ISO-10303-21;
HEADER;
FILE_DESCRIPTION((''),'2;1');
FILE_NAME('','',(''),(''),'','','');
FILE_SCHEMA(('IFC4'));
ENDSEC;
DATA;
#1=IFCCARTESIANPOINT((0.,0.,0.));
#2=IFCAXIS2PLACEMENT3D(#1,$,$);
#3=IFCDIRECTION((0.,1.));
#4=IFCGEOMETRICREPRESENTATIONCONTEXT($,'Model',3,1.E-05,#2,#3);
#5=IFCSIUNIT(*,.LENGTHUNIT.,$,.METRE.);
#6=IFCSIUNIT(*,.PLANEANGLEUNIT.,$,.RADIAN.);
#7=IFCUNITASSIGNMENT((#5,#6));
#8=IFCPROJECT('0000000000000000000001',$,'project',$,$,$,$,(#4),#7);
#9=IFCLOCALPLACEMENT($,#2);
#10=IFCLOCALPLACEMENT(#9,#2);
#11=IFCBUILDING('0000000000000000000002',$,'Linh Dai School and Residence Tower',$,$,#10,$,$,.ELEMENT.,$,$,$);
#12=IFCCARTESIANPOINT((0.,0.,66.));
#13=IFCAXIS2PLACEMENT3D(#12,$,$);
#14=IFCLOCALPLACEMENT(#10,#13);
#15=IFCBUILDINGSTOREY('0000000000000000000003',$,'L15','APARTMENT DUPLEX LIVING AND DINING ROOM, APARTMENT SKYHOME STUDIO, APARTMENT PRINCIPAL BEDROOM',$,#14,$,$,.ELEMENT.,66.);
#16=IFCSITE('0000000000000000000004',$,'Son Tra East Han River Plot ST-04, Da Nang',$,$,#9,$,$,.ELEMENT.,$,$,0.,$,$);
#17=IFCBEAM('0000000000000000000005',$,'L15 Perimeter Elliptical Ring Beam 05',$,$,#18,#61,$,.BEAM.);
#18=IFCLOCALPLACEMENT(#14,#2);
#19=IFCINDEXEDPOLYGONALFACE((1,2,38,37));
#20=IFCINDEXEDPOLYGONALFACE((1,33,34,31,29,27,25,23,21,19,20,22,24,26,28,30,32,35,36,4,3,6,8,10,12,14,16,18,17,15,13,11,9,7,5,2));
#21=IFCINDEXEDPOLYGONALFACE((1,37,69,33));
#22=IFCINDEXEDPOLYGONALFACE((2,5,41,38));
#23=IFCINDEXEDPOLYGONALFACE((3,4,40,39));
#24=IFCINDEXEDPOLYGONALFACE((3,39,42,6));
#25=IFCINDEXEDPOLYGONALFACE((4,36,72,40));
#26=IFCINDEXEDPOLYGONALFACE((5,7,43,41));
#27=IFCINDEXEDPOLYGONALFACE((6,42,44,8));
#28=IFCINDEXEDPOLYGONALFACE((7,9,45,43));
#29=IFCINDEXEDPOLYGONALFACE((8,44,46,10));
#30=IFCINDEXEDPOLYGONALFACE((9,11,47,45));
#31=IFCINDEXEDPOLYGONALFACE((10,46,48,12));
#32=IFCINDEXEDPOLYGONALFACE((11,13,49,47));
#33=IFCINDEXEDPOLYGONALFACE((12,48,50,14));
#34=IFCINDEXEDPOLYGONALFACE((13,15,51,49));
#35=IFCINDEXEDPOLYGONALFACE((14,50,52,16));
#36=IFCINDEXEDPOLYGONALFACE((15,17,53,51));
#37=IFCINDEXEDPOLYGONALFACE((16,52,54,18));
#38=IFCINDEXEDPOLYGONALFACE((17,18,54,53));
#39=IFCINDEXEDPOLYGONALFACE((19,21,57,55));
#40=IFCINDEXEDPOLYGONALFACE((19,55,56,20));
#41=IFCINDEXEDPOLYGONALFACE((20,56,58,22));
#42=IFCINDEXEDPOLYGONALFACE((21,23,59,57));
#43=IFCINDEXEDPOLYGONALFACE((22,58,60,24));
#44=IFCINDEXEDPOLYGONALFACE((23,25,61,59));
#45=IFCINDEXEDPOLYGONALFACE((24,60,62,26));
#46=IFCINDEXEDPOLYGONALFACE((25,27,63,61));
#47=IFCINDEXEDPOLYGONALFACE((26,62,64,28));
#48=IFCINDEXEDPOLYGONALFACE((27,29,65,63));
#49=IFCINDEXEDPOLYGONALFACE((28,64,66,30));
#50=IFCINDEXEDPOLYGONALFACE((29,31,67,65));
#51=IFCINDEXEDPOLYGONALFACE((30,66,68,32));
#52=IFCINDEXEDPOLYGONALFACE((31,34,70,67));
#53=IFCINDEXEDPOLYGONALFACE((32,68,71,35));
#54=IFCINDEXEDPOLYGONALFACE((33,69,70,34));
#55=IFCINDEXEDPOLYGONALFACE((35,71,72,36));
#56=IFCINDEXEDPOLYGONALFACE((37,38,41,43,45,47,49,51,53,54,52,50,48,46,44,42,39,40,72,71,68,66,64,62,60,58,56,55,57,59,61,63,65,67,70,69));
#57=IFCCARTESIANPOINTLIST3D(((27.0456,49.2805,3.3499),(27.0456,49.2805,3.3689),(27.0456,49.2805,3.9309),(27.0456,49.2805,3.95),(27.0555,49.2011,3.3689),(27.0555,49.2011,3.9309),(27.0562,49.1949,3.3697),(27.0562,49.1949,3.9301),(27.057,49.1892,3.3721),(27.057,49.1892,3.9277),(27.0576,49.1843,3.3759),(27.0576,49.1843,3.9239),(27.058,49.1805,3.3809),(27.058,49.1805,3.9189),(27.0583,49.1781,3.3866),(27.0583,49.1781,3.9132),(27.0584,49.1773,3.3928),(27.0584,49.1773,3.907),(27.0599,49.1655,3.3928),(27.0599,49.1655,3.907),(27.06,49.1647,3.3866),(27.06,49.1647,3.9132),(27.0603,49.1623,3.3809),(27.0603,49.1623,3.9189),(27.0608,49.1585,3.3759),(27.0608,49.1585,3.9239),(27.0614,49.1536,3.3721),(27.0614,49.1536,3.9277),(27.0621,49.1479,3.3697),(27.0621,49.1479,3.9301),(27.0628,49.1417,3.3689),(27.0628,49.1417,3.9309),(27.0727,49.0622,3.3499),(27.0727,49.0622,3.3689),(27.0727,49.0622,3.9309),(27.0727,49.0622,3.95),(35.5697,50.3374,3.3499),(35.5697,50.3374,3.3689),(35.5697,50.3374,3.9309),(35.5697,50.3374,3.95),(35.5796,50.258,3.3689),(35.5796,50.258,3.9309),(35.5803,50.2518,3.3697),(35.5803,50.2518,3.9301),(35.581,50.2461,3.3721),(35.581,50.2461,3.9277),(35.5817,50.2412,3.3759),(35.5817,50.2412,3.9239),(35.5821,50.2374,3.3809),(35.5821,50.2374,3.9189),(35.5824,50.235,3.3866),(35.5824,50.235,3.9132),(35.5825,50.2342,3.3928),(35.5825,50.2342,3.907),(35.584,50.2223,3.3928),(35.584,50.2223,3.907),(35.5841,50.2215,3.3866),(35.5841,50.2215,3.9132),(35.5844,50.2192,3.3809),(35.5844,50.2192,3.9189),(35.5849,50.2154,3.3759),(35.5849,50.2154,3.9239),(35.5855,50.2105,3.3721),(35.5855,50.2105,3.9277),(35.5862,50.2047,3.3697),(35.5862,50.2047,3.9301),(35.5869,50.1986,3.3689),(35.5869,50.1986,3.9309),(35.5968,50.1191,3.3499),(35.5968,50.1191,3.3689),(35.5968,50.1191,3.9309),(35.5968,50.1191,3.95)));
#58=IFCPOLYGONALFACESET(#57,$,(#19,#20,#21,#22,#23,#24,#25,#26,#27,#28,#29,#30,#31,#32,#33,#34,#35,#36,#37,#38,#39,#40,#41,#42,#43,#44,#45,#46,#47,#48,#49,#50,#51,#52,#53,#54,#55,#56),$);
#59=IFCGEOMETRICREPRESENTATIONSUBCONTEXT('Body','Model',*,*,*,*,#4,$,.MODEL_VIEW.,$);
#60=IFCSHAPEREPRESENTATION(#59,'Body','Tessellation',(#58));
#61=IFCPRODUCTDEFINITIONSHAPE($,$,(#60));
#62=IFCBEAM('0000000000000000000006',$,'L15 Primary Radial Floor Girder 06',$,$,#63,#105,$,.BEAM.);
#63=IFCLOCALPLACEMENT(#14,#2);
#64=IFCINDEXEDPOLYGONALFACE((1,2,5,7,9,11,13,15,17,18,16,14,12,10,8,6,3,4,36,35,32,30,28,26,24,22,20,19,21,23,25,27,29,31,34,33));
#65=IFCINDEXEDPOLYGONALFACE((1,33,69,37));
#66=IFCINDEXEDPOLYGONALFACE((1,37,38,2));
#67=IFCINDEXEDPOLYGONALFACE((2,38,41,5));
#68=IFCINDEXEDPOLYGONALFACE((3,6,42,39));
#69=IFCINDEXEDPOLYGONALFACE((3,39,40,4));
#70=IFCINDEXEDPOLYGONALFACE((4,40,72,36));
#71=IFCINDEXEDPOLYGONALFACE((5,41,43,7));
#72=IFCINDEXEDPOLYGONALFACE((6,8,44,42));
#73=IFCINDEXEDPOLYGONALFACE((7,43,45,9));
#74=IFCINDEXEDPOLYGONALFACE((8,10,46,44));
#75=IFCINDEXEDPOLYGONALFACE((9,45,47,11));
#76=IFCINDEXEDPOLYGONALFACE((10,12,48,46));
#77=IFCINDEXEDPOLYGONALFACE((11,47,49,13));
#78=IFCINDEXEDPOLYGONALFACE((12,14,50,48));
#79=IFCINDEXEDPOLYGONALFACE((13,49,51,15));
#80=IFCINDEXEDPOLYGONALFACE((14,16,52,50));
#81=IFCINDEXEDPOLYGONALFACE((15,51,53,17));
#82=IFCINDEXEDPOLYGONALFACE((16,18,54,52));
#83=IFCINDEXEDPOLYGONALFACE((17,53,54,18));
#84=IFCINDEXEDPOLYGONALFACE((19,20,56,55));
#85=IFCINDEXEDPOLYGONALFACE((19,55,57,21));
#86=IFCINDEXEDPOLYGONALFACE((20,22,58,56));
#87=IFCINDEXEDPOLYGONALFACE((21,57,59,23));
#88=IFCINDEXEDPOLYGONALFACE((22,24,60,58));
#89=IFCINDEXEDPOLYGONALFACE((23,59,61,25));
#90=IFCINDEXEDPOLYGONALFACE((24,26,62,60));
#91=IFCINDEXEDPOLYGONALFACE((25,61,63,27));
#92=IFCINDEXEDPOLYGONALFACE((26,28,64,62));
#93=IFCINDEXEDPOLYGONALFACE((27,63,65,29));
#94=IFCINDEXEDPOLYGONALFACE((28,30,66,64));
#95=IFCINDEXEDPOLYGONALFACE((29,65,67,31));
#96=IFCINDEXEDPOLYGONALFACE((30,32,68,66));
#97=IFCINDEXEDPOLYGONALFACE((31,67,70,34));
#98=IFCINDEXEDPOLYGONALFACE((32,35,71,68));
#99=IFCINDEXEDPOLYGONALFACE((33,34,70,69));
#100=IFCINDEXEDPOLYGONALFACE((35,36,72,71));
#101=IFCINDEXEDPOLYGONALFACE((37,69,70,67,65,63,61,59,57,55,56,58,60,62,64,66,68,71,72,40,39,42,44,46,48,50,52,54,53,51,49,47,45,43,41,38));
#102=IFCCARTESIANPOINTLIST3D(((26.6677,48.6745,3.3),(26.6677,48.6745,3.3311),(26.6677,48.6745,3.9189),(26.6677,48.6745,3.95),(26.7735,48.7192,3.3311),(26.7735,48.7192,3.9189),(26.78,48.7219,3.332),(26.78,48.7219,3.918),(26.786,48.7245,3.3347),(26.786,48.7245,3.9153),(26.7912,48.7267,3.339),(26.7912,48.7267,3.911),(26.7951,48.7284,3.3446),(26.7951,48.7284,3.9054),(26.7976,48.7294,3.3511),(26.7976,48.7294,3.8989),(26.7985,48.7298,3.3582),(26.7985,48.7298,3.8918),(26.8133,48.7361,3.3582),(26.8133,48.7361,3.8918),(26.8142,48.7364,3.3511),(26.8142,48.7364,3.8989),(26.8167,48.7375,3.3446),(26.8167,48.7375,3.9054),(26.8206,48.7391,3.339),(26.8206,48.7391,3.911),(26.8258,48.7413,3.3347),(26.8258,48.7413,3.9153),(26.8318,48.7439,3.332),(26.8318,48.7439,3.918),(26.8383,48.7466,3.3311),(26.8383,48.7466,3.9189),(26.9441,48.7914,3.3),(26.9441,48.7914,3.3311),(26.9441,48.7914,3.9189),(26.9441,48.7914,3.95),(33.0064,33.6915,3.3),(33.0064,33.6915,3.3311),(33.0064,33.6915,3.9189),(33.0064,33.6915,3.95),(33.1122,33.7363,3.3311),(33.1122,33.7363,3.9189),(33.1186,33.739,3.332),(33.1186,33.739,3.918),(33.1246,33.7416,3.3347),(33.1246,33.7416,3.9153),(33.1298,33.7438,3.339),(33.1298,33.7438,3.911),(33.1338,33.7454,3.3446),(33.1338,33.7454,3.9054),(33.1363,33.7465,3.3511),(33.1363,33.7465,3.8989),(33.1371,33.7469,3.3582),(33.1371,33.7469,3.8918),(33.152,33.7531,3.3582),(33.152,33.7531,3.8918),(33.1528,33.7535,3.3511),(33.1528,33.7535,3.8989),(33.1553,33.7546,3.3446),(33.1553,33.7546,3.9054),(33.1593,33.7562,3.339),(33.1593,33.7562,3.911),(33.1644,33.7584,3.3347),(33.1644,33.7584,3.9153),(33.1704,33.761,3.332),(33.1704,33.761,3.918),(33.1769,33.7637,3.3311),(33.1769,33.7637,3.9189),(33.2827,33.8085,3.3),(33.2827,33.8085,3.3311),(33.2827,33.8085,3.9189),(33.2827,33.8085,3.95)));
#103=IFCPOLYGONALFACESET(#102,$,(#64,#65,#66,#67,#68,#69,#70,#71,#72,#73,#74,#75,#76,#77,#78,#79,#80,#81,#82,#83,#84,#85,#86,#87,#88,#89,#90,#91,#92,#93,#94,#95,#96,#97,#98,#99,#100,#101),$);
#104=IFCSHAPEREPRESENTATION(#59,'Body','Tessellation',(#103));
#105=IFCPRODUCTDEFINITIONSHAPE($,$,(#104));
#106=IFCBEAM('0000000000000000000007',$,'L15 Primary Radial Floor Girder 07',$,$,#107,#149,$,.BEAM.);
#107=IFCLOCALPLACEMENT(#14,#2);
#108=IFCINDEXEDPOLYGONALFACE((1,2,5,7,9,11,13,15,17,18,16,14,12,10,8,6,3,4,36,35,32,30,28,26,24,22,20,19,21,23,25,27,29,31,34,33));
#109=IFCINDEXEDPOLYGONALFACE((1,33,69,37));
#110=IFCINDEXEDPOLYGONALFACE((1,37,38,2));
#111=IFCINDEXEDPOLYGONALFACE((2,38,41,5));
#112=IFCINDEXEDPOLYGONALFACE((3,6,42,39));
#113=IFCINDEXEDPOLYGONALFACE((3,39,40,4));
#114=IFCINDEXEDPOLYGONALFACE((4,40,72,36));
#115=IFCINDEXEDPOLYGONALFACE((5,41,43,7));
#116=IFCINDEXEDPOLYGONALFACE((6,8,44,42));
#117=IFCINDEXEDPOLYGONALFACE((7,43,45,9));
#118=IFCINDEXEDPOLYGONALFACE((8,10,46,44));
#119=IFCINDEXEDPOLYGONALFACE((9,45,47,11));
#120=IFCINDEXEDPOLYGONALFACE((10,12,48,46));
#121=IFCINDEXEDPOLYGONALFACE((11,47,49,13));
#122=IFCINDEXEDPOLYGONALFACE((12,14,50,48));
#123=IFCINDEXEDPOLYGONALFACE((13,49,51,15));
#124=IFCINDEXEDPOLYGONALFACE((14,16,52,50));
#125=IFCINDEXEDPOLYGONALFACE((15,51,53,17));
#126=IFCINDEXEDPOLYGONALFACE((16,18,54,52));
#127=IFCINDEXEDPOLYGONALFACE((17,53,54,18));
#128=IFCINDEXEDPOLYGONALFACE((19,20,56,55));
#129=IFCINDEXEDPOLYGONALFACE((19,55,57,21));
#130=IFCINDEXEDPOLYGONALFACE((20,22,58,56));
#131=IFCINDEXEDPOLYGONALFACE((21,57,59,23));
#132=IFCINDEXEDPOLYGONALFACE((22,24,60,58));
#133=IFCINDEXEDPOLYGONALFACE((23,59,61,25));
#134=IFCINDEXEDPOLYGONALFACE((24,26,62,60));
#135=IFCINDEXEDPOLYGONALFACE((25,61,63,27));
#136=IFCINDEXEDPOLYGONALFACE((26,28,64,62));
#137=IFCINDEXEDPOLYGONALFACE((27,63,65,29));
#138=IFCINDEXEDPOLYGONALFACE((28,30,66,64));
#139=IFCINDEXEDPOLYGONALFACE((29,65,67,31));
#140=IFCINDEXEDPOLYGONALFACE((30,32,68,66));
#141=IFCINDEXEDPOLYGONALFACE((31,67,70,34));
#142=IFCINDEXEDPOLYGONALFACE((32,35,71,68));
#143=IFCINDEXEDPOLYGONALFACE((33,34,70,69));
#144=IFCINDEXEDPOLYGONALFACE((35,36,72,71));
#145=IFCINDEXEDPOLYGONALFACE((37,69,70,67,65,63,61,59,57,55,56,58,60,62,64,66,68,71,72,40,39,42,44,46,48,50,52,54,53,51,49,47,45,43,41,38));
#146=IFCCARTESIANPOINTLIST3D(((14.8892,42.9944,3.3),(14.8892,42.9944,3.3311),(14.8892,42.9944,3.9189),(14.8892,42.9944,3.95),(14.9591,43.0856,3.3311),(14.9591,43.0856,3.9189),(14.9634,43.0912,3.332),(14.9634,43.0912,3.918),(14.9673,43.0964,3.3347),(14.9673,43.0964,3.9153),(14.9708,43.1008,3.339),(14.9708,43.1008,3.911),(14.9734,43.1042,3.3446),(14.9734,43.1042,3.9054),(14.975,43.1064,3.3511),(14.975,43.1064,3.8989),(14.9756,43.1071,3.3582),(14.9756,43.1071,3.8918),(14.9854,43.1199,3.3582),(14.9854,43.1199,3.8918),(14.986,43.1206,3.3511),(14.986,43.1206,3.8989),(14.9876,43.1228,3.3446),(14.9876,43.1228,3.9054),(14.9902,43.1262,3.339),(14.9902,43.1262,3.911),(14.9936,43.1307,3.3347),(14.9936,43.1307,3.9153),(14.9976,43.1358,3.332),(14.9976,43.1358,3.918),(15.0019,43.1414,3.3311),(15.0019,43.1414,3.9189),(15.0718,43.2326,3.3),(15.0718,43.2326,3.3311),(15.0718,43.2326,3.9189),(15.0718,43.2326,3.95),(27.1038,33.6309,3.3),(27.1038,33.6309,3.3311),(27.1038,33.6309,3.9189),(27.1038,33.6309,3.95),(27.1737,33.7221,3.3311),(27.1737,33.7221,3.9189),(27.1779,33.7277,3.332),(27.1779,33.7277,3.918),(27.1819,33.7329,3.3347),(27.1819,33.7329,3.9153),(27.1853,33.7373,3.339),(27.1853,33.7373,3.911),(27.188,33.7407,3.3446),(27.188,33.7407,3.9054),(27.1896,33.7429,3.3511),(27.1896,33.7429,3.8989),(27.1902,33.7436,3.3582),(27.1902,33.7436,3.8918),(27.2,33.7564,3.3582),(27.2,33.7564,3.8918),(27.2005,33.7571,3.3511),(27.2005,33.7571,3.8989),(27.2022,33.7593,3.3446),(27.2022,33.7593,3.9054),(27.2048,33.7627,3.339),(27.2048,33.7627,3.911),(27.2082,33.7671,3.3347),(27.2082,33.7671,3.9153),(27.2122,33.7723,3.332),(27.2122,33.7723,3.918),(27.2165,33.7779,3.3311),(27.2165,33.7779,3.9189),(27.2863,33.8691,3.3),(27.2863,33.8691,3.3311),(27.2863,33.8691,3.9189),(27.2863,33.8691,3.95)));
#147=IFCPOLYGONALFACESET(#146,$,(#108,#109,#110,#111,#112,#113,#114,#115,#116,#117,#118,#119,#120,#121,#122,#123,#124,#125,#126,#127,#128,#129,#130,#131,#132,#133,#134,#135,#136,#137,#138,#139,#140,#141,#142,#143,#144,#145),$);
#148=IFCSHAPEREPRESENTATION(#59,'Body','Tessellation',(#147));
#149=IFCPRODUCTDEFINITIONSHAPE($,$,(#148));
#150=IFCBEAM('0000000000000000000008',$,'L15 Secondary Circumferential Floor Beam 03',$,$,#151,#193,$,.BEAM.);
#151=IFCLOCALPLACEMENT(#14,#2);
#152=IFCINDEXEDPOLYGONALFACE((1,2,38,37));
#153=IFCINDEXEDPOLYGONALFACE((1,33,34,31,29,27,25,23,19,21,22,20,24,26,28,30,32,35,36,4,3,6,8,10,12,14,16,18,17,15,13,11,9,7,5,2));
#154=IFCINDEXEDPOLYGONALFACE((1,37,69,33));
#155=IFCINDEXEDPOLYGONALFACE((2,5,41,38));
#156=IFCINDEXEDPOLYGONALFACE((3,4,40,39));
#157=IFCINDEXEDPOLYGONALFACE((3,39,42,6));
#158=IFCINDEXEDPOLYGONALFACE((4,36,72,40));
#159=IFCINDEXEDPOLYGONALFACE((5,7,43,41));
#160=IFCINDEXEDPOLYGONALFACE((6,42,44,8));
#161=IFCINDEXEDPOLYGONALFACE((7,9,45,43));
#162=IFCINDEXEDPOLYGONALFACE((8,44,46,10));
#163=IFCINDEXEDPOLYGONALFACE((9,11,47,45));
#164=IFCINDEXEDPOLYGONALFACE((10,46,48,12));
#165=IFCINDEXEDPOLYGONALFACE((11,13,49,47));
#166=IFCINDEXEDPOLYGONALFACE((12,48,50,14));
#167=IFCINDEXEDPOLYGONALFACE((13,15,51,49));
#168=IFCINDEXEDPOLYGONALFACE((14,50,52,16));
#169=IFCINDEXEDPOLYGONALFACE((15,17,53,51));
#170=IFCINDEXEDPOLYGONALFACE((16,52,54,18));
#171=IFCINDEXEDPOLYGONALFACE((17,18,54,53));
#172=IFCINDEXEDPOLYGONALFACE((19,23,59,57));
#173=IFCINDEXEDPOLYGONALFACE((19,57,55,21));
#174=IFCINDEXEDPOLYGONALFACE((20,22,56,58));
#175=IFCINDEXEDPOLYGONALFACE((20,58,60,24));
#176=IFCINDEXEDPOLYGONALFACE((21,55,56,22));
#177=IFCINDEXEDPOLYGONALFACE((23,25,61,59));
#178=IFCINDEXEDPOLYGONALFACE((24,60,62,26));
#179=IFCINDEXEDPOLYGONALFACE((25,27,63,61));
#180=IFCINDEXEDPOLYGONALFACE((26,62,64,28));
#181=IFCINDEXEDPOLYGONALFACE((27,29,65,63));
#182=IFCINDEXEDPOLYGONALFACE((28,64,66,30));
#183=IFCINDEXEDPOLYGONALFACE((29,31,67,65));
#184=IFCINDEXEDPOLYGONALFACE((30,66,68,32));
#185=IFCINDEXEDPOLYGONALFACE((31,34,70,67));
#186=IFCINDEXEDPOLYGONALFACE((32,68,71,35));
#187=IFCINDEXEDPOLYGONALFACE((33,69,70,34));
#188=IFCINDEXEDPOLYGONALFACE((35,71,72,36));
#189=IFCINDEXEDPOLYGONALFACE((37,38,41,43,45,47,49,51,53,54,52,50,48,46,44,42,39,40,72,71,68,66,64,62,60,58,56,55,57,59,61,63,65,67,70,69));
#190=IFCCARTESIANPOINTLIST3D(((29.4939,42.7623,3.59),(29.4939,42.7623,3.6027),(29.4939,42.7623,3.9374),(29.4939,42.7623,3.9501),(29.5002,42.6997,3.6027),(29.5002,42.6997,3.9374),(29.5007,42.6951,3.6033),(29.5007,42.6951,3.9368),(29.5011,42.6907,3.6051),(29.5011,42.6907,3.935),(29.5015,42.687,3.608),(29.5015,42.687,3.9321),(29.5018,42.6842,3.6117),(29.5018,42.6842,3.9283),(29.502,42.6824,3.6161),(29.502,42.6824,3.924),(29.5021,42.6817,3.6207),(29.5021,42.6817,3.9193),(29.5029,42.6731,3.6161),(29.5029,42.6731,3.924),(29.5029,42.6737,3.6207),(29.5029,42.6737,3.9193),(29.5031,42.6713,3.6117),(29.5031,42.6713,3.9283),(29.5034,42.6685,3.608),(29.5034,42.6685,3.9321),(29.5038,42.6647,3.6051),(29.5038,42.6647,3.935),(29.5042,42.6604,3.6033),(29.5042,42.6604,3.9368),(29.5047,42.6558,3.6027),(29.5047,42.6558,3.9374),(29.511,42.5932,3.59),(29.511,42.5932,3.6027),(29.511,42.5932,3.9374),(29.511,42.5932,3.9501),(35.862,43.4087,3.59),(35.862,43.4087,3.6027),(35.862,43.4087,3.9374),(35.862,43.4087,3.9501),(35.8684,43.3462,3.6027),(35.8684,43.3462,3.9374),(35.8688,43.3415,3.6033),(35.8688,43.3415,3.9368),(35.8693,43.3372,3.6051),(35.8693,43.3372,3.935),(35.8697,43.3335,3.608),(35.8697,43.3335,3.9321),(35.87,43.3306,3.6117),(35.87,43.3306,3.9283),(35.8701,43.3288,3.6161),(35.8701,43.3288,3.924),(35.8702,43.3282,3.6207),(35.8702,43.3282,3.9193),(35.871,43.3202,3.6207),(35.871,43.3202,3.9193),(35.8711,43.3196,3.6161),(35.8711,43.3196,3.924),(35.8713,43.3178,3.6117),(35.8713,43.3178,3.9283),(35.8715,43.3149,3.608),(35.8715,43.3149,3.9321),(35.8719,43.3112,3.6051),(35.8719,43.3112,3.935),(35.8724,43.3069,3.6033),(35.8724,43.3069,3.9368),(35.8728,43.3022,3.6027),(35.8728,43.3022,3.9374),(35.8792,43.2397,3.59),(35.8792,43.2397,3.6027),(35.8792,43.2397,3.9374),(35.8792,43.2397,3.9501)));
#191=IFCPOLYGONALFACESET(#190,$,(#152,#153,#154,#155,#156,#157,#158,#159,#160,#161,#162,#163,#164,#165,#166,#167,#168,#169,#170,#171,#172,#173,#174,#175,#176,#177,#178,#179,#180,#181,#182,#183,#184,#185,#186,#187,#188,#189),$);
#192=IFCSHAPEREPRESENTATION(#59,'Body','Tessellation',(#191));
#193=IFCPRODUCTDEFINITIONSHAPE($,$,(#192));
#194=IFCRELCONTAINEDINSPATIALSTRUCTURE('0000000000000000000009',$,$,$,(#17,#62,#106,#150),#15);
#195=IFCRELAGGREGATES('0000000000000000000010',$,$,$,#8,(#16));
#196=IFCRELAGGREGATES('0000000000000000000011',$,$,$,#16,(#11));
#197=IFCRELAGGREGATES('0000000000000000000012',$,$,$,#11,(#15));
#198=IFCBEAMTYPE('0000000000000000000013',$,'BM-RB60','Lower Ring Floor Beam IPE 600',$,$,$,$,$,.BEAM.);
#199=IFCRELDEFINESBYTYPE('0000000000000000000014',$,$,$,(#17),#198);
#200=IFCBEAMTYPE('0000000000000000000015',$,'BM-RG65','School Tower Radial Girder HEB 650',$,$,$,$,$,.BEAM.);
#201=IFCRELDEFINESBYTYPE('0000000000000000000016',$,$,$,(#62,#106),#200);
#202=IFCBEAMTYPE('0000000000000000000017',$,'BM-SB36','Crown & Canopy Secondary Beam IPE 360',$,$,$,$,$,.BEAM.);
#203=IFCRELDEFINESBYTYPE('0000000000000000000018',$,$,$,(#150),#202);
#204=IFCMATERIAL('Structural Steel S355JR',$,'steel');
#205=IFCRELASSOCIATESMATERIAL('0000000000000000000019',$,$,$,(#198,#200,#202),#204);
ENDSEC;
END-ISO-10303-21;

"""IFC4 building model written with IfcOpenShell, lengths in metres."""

from ifc_helpers import new_model, si_unit, direction, frame, origin, origin_2d, place, context, subcontext, project, spatial, i_section, extrude, material, material_profile, profile_set, type_object, element, save


model = new_model("IFC4")

# Units and contexts
model_context = context("Model", 3, precision=1e-05, world=origin(), true_north=direction((0.0, 1.0)))
body_context = subcontext(model_context, "Body", "Model", "MODEL_VIEW")
ifc_project = project(units=[si_unit("LENGTHUNIT", "METRE"), si_unit("PLANEANGLEUNIT", "RADIAN")], contexts=[model_context])

# Site, building, storey
site_placement = place(None, origin())
site = spatial("IfcSite", under=ifc_project, at=site_placement, Name="Son Tra East Han River Plot ST-04, Da Nang", CompositionType="ELEMENT", RefElevation=0.0)
building_placement = place(site_placement, origin())
building = spatial("IfcBuilding", under=site, at=building_placement, Name="Linh Dai School and Residence Tower", CompositionType="ELEMENT")
storey_placement = place(building_placement, frame((0.0, 0.0, 66.0)))
storey = spatial("IfcBuildingStorey", under=building, at=storey_placement, Name="L15", Description="APARTMENT DUPLEX LIVING AND DINING ROOM, APARTMENT SKYHOME STUDIO, APARTMENT PRINCIPAL BEDROOM", CompositionType="ELEMENT", Elevation=66.0)

# Shared definitions
ifc_material_1 = material(Name="Structural Steel S355JR", Category="steel")

# Beams
ifc_material_profile_1 = material_profile(ifc_material_1, i_section(OverallWidth=0.22, OverallDepth=0.6001, WebThickness=0.012, FlangeThickness=0.019, FilletRadius=0.0239, at=origin_2d()), Name="IPE 600")
ifc_profile_set_1 = profile_set([ifc_material_profile_1], Name="Structural Steel S355JR")
beam_type_1 = type_object("IfcBeamType", Name="BM-RB60", Description="Lower Ring Floor Beam IPE 600", PredefinedType="BEAM", material=ifc_profile_set_1)
beam_1_placement = place(storey_placement, frame((35.5833, 50.2283, 3.6499), z_axis=(-0.992401, -0.123045, 0.0), x_axis=(0.123045, -0.992401, 0.0)))
element("IfcBeam", 1, at=beam_1_placement, inside=storey, type_object=beam_type_1, Name="L15 Perimeter Elliptical Ring Beam 05", PredefinedType="BEAM", context=body_context, shape_type="SweptSolid", body=[
    extrude(i_section(OverallWidth=0.22, OverallDepth=0.6001, WebThickness=0.012, FlangeThickness=0.019, FilletRadius=0.0239, at=origin_2d()), origin(), (0.0, 0.0, 1.0), 8.5894),
])
ifc_material_profile_2 = material_profile(ifc_material_1, i_section(OverallWidth=0.3, OverallDepth=0.6499, WebThickness=0.0161, FlangeThickness=0.031, FilletRadius=0.0271, at=origin_2d()), Name="HEB 650")
ifc_profile_set_2 = profile_set([ifc_material_profile_2], Name="Structural Steel S355JR")
beam_type_2 = type_object("IfcBeamType", Name="BM-RG65", Description="School Tower Radial Girder HEB 650", PredefinedType="BEAM", material=ifc_profile_set_2)
beam_2_placement = place(storey_placement, frame((33.1445, 33.75, 3.625), z_axis=(-0.389624, 0.920974, 0.0), x_axis=(-0.920974, -0.389624, 0.0)))
element("IfcBeam", 2, at=beam_2_placement, inside=storey, type_object=beam_type_2, Name="L15 Primary Radial Floor Girder 06", PredefinedType="BEAM", context=body_context, shape_type="SweptSolid", body=[
    extrude(i_section(OverallWidth=0.3, OverallDepth=0.6499, WebThickness=0.0161, FlangeThickness=0.031, FilletRadius=0.0271, at=origin_2d()), origin(), (0.0, 0.0, 1.0), 16.2686),
])
beam_3_placement = place(storey_placement, frame((27.1951, 33.75, 3.625), z_axis=(-0.793638, 0.608391, 0.0), x_axis=(-0.608391, -0.793638, 0.0)))
element("IfcBeam", 3, at=beam_3_placement, inside=storey, type_object=beam_type_2, Name="L15 Primary Radial Floor Girder 07", PredefinedType="BEAM", context=body_context, shape_type="SweptSolid", body=[
    extrude(i_section(OverallWidth=0.3, OverallDepth=0.6499, WebThickness=0.0161, FlangeThickness=0.031, FilletRadius=0.0271, at=origin_2d()), origin(), (0.0, 0.0, 1.0), 15.3906),
])
ifc_material_profile_3 = material_profile(ifc_material_1, i_section(OverallWidth=0.1699, OverallDepth=0.3601, WebThickness=0.0081, FlangeThickness=0.0127, FilletRadius=0.0181, at=origin_2d()), Name="IPE 360")
ifc_profile_set_3 = profile_set([ifc_material_profile_3], Name="Structural Steel S355JR")
beam_type_3 = type_object("IfcBeamType", Name="BM-SB36", Description="Crown & Canopy Secondary Beam IPE 360", PredefinedType="BEAM", material=ifc_profile_set_3)
beam_4_placement = place(storey_placement, frame((35.8706, 43.3242, 3.77), z_axis=(-0.994887, -0.100999, 0.0), x_axis=(0.100999, -0.994887, 0.0)))
element("IfcBeam", 4, at=beam_4_placement, inside=storey, type_object=beam_type_3, Name="L15 Secondary Circumferential Floor Beam 03", PredefinedType="BEAM", context=body_context, shape_type="SweptSolid", body=[
    extrude(i_section(OverallWidth=0.1699, OverallDepth=0.3601, WebThickness=0.0081, FlangeThickness=0.0127, FilletRadius=0.0181, at=origin_2d()), origin(), (0.0, 0.0, 1.0), 6.4009),
])

save(model, "model.ifc")
